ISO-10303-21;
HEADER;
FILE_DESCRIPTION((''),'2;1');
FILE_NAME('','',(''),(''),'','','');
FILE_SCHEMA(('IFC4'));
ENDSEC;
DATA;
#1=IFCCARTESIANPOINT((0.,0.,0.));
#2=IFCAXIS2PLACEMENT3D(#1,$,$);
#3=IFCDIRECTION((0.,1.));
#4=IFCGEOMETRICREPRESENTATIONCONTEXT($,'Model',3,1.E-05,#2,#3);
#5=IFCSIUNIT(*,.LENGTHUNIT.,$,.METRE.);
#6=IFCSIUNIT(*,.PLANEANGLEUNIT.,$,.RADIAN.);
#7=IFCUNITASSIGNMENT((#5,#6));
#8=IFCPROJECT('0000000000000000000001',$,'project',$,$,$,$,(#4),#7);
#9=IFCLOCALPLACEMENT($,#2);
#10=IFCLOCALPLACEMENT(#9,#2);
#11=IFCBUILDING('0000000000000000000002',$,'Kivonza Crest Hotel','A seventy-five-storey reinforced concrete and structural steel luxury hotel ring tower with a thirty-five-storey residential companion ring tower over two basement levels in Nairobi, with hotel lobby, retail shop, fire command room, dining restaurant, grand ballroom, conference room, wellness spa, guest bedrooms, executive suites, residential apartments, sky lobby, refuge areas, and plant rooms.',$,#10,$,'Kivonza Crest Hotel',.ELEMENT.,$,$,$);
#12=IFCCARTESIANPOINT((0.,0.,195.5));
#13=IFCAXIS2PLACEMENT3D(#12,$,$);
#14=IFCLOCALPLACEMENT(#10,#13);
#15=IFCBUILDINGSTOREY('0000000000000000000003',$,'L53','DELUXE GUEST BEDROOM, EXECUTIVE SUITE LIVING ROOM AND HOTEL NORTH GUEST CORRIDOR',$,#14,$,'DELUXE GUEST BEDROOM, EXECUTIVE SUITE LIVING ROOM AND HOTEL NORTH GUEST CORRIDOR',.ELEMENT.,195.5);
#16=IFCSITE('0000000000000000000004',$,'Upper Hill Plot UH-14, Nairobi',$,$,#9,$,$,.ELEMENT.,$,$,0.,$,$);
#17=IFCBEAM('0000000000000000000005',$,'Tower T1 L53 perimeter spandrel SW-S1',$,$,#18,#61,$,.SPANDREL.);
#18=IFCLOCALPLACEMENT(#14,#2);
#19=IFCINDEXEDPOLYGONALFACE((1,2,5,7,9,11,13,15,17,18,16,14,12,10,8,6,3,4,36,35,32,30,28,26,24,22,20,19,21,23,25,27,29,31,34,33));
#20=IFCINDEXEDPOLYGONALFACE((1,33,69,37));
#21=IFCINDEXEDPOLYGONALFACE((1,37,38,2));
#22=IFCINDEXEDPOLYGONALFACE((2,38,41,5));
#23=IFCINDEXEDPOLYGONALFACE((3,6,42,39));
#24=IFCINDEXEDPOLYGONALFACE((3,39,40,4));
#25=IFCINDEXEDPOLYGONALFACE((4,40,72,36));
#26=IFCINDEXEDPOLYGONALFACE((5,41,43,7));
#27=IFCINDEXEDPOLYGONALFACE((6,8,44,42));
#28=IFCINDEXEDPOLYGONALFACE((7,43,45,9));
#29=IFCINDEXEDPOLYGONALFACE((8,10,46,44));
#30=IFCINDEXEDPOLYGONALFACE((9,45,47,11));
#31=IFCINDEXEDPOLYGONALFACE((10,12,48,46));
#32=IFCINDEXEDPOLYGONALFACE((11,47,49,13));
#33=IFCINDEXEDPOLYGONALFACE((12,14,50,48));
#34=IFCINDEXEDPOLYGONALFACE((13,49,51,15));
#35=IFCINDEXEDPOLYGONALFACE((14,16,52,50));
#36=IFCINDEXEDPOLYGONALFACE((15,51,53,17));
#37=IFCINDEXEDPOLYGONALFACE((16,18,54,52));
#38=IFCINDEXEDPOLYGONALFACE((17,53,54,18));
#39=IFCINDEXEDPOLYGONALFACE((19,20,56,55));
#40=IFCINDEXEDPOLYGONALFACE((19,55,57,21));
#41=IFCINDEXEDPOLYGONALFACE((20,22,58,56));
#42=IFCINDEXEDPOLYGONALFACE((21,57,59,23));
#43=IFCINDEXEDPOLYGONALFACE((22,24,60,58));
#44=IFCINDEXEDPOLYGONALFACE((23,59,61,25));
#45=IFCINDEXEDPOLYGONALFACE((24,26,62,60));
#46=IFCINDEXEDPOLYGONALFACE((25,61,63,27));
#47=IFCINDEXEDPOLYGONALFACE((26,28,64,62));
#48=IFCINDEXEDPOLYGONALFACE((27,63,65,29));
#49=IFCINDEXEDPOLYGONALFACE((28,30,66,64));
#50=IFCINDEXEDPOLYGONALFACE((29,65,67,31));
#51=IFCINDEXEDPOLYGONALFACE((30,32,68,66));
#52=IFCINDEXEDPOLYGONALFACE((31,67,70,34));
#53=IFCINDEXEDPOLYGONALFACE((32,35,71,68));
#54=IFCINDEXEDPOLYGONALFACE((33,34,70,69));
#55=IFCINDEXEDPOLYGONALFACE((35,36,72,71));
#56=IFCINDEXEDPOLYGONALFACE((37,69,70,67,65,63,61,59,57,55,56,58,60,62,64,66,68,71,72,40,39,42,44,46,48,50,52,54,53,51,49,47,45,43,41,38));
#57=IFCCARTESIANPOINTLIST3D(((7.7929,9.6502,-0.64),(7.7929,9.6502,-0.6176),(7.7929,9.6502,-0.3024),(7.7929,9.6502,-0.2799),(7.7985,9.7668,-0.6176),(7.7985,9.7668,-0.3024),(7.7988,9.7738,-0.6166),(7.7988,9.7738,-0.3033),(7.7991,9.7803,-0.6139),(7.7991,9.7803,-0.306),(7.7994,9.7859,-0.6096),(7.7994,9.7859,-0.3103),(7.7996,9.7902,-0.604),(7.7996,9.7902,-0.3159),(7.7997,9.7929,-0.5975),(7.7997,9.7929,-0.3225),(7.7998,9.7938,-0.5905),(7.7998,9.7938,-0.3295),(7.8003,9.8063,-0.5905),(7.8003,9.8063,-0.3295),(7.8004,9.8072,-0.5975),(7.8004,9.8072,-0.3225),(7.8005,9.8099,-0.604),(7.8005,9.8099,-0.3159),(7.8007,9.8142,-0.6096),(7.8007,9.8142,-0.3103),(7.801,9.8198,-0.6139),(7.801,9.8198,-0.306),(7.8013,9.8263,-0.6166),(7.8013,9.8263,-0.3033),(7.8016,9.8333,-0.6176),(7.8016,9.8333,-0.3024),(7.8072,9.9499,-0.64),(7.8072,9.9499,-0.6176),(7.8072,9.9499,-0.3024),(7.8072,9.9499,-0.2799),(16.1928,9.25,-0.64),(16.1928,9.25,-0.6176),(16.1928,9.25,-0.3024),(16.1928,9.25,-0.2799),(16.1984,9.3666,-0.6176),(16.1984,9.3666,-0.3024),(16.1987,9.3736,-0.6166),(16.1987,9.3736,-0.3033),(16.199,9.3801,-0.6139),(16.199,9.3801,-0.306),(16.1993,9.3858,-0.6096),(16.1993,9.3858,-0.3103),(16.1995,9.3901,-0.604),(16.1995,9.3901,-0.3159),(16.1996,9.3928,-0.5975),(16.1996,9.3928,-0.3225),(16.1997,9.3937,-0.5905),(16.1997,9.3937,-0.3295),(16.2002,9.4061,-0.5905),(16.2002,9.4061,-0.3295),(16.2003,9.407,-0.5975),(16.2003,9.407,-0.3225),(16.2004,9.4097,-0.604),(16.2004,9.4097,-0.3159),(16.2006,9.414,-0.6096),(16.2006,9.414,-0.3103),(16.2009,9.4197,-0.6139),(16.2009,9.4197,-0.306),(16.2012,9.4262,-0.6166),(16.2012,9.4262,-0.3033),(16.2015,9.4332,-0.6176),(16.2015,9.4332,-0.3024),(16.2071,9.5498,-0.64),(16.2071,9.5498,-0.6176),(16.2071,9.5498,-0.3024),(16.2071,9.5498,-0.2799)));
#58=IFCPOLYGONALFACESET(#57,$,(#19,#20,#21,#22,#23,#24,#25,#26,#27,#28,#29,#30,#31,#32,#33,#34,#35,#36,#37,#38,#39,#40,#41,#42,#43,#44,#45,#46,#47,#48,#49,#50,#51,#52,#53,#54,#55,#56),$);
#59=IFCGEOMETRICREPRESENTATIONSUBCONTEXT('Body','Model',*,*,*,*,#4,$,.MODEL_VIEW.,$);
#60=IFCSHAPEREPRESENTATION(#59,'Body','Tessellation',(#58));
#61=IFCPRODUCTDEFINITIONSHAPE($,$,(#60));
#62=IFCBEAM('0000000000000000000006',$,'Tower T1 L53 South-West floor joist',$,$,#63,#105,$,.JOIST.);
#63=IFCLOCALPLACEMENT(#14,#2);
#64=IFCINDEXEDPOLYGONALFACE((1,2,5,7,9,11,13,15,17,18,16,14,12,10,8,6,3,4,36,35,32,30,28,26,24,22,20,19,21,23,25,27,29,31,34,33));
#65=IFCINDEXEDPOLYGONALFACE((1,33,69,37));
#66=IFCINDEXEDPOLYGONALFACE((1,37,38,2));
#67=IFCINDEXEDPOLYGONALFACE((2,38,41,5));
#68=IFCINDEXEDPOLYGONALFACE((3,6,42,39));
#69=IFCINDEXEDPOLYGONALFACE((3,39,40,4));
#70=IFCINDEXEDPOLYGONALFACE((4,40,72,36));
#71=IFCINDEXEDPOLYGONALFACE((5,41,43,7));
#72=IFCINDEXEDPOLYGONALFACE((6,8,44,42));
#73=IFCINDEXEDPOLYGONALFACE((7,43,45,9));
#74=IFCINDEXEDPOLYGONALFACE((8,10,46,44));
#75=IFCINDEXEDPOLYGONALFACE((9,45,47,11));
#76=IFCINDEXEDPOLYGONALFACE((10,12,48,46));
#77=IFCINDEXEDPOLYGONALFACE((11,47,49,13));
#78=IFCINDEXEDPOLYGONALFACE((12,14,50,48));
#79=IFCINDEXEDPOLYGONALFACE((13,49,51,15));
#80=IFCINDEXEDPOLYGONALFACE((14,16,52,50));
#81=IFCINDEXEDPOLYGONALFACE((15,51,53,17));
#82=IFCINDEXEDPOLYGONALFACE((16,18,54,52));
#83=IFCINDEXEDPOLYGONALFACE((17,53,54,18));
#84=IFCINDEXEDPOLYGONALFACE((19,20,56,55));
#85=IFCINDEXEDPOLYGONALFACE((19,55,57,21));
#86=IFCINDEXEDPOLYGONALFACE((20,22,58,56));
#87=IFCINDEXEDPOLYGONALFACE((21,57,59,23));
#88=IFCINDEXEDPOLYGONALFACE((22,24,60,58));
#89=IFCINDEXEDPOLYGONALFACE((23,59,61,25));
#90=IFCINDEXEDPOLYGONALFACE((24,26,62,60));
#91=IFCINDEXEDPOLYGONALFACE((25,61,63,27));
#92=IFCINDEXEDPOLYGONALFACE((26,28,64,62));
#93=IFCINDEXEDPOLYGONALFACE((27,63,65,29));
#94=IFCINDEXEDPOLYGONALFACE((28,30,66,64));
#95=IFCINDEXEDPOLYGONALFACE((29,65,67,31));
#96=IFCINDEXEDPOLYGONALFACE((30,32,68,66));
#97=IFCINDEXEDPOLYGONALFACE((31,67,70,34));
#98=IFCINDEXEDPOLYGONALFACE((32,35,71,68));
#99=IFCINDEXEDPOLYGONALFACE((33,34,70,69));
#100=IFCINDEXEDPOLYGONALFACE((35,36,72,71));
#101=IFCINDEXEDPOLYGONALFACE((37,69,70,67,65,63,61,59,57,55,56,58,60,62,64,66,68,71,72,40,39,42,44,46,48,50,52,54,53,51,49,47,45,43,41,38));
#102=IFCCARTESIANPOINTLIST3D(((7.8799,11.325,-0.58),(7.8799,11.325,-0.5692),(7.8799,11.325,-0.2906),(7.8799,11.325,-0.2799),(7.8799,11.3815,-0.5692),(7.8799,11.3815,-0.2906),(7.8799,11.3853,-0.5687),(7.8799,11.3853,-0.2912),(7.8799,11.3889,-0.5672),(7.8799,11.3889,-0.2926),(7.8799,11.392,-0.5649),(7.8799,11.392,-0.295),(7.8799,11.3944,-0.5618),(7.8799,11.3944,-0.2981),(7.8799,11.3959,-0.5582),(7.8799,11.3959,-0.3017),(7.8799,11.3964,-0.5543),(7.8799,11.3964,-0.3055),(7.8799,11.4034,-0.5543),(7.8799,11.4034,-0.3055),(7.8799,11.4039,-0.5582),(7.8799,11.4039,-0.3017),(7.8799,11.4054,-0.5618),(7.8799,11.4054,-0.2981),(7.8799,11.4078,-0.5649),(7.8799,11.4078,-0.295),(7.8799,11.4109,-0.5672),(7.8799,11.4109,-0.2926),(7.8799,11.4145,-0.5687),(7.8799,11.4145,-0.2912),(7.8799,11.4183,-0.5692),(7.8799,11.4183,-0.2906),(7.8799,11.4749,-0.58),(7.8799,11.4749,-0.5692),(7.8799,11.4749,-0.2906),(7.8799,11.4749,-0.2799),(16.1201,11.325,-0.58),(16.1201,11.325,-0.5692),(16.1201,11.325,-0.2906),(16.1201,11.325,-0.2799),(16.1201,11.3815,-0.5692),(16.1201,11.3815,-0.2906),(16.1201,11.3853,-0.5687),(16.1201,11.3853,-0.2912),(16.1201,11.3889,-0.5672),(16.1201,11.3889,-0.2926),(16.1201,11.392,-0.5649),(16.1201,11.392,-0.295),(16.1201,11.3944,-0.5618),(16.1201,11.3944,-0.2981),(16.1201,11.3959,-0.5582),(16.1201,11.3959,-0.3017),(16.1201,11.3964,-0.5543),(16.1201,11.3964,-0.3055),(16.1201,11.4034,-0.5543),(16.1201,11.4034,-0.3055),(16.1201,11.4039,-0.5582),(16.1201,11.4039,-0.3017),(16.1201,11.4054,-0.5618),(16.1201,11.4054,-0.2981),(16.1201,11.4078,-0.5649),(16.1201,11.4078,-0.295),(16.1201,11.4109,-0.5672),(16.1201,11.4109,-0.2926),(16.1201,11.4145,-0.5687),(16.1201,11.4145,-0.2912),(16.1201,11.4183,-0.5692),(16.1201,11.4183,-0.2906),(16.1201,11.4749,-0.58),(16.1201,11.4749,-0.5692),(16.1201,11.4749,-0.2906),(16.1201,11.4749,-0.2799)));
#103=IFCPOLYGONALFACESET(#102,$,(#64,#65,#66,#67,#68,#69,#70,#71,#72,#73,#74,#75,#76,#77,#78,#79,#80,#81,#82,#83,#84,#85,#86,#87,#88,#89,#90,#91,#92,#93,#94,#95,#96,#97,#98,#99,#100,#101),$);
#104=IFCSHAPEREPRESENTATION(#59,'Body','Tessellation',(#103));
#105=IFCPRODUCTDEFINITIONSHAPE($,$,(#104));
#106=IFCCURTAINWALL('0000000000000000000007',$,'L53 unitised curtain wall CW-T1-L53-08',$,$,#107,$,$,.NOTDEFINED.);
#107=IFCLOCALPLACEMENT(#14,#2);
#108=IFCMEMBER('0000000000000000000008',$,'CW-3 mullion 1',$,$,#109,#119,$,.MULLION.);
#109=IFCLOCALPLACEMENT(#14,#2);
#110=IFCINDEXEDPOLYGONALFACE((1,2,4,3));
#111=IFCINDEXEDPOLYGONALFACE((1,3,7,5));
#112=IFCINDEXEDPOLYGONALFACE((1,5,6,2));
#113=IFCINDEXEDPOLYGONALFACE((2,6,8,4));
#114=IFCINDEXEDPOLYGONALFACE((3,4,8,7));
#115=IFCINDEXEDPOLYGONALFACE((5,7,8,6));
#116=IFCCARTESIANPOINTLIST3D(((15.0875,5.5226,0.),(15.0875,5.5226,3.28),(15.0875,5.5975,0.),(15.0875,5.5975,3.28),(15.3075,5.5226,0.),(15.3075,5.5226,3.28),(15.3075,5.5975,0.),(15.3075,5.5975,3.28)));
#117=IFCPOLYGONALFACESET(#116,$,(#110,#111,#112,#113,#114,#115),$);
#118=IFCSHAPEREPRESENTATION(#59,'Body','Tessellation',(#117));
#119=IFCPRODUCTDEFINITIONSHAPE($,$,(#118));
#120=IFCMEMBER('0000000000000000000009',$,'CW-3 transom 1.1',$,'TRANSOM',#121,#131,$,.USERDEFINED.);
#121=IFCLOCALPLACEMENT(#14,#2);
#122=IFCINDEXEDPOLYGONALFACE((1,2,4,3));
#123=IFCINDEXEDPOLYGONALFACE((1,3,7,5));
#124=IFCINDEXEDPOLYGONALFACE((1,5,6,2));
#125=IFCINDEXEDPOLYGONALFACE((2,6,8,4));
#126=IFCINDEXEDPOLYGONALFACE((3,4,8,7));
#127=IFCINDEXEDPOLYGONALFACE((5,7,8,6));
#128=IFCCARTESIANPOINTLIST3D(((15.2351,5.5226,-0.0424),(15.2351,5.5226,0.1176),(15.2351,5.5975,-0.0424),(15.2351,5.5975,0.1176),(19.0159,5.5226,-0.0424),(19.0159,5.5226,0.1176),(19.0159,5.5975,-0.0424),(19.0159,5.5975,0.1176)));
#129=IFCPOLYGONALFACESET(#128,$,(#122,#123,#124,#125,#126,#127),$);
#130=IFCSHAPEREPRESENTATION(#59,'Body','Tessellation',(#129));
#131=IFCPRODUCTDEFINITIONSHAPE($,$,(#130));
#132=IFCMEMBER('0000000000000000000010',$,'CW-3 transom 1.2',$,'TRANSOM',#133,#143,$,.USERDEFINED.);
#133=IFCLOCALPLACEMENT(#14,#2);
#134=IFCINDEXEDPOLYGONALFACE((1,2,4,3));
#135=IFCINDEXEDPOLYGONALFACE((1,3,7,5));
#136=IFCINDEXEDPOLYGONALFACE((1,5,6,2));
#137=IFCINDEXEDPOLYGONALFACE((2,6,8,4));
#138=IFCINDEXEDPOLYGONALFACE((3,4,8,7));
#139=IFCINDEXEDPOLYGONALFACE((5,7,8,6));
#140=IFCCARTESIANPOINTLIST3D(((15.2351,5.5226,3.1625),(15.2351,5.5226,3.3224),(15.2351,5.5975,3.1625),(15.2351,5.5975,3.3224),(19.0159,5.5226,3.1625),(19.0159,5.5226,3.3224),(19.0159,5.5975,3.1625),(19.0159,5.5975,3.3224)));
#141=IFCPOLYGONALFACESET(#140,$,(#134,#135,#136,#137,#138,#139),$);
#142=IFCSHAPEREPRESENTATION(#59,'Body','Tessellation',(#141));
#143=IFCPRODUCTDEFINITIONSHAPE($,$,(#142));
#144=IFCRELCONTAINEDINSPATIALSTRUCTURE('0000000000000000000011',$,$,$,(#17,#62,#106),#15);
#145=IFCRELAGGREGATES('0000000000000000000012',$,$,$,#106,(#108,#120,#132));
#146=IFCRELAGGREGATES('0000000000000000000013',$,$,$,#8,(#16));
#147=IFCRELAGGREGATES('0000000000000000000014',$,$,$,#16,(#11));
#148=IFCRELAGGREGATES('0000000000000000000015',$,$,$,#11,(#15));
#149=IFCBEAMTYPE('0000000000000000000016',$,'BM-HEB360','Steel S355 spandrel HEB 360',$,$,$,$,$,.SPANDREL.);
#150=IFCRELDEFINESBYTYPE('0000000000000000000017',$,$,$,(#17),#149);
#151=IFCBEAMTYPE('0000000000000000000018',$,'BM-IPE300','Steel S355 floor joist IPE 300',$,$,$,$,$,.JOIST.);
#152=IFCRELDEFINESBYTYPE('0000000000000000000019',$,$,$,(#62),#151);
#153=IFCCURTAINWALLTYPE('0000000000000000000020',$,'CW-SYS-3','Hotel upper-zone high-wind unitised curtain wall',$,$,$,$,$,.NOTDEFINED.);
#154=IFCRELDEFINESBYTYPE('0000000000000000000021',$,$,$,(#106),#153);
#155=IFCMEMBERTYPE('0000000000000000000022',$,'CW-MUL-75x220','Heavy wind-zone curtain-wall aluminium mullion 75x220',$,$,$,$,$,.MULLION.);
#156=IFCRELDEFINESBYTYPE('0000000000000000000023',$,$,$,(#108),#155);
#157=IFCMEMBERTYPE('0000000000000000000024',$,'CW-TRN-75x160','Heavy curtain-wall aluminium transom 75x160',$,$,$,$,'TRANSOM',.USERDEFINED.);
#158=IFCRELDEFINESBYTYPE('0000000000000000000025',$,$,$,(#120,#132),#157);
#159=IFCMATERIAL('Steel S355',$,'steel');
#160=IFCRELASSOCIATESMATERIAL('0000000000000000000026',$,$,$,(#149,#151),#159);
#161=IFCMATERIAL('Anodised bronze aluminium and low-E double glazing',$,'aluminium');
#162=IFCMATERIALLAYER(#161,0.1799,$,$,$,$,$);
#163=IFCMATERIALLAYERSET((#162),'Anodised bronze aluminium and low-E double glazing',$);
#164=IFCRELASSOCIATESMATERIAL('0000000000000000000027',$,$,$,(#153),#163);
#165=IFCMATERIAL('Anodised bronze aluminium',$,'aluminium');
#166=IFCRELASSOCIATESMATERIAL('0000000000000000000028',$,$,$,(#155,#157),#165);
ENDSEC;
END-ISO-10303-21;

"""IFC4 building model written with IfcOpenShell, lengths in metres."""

from ifc_helpers import new_model, si_unit, direction, frame, origin, origin_2d, place, context, subcontext, project, spatial, rectangle, i_section, extrude, material, layer, layer_set, material_profile, profile_set, type_object, element, aggregate, save


model = new_model("IFC4")

# Units and contexts
model_context = context("Model", 3, precision=1e-05, world=origin(), true_north=direction((0.0, 1.0)))
body_context = subcontext(model_context, "Body", "Model", "MODEL_VIEW")
ifc_project = project(units=[si_unit("LENGTHUNIT", "METRE"), si_unit("PLANEANGLEUNIT", "RADIAN")], contexts=[model_context])

# Site, building, storey
site_placement = place(None, origin())
site = spatial("IfcSite", under=ifc_project, at=site_placement, Name="Upper Hill Plot UH-14, Nairobi", CompositionType="ELEMENT", RefElevation=0.0)
building_placement = place(site_placement, origin())
building = spatial("IfcBuilding", under=site, at=building_placement, Name="Kivonza Crest Hotel", Description="A seventy-five-storey reinforced concrete and structural steel luxury hotel ring tower with a thirty-five-storey residential companion ring tower over two basement levels in Nairobi, with hotel lobby, retail shop, fire command room, dining restaurant, grand ballroom, conference room, wellness spa, guest bedrooms, executive suites, residential apartments, sky lobby, refuge areas, and plant rooms.", LongName="Kivonza Crest Hotel", CompositionType="ELEMENT")
storey_placement = place(building_placement, frame((0.0, 0.0, 195.5)))
storey = spatial("IfcBuildingStorey", under=building, at=storey_placement, Name="L53", Description="DELUXE GUEST BEDROOM, EXECUTIVE SUITE LIVING ROOM AND HOTEL NORTH GUEST CORRIDOR", LongName="DELUXE GUEST BEDROOM, EXECUTIVE SUITE LIVING ROOM AND HOTEL NORTH GUEST CORRIDOR", CompositionType="ELEMENT", Elevation=195.5)

# Beams
ifc_material_1 = material(Name="Steel S355", Category="steel")
ifc_material_profile_1 = material_profile(ifc_material_1, i_section(OverallWidth=0.3, OverallDepth=0.3601, WebThickness=0.0125, FlangeThickness=0.0225, FilletRadius=0.0271, at=origin_2d()), Name="HEB 360")
ifc_profile_set_1 = profile_set([ifc_material_profile_1], Name="Steel S355")
beam_type_1 = type_object("IfcBeamType", Name="BM-HEB360", Description="Steel S355 spandrel HEB 360", PredefinedType="SPANDREL", material=ifc_profile_set_1)
beam_1_placement = place(storey_placement, frame((7.8, 9.8, -0.46), z_axis=(0.998867, -0.047583, 0.0), x_axis=(0.047583, 0.998867, 0.0)))
element("IfcBeam", 1, at=beam_1_placement, inside=storey, type_object=beam_type_1, Name="Tower T1 L53 perimeter spandrel SW-S1", PredefinedType="SPANDREL", context=body_context, shape_type="SweptSolid", body=[
    extrude(i_section(OverallWidth=0.3, OverallDepth=0.3601, WebThickness=0.0125, FlangeThickness=0.0225, FilletRadius=0.0271, at=origin_2d()), origin(), (0.0, 0.0, 1.0), 8.4094),
])
ifc_material_profile_2 = material_profile(ifc_material_1, i_section(OverallWidth=0.1499, OverallDepth=0.3, WebThickness=0.0071, FlangeThickness=0.0107, FilletRadius=0.0149, at=origin_2d()), Name="IPE 300")
ifc_profile_set_2 = profile_set([ifc_material_profile_2], Name="Steel S355")
beam_type_2 = type_object("IfcBeamType", Name="BM-IPE300", Description="Steel S355 floor joist IPE 300", PredefinedType="JOIST", material=ifc_profile_set_2)
beam_2_placement = place(storey_placement, frame((7.8799, 11.3999, -0.4299), z_axis=(1.0, 0.0, 0.0), x_axis=(0.0, 1.0, 0.0)))
element("IfcBeam", 2, at=beam_2_placement, inside=storey, type_object=beam_type_2, Name="Tower T1 L53 South-West floor joist", PredefinedType="JOIST", context=body_context, shape_type="SweptSolid", body=[
    extrude(i_section(OverallWidth=0.1499, OverallDepth=0.3, WebThickness=0.0071, FlangeThickness=0.0107, FilletRadius=0.0149, at=origin_2d()), origin(), (0.0, 0.0, 1.0), 8.2402),
])

# Curtain wall, members
ifc_material_2 = material(Name="Anodised bronze aluminium and low-E double glazing", Category="aluminium")
ifc_layer_1 = layer(ifc_material_2, 0.1799)
ifc_layer_set_1 = layer_set([ifc_layer_1], Name="Anodised bronze aluminium and low-E double glazing")
curtain_wall_type = type_object("IfcCurtainWallType", Name="CW-SYS-3", Description="Hotel upper-zone high-wind unitised curtain wall", PredefinedType="NOTDEFINED", material=ifc_layer_set_1)
curtain_wall_placement = place(storey_placement, origin())
curtain_wall = element("IfcCurtainWall", 3, at=curtain_wall_placement, inside=storey, type_object=curtain_wall_type, Name="L53 unitised curtain wall CW-T1-L53-08", PredefinedType="NOTDEFINED")
ifc_material_3 = material(Name="Anodised bronze aluminium", Category="aluminium")
ifc_material_profile_3 = material_profile(ifc_material_3, rectangle(XDim=0.075, YDim=0.22, at=origin_2d()), Name="CW-M 75x220")
ifc_profile_set_3 = profile_set([ifc_material_profile_3], Name="Anodised bronze aluminium")
member_type_1 = type_object("IfcMemberType", Name="CW-MUL-75x220", Description="Heavy wind-zone curtain-wall aluminium mullion 75x220", PredefinedType="MULLION", material=ifc_profile_set_3)
member_1_placement = place(storey_placement, frame((15.1975, 5.5601, 0.0), z_axis=(0.0, 0.0, 1.0), x_axis=(0.0, 1.0, 0.0)))
member_1 = element("IfcMember", 4, at=member_1_placement, type_object=member_type_1, Name="CW-3 mullion 1", PredefinedType="MULLION", context=body_context, shape_type="SweptSolid", body=[
    extrude(rectangle(XDim=0.075, YDim=0.22, at=origin_2d()), origin(), (0.0, 0.0, 1.0), 3.28),
])
ifc_material_profile_4 = material_profile(ifc_material_3, rectangle(XDim=0.075, YDim=0.1599, at=origin_2d()), Name="CW-T 75x160")
ifc_profile_set_4 = profile_set([ifc_material_profile_4], Name="Anodised bronze aluminium")
member_type_2 = type_object("IfcMemberType", Name="CW-TRN-75x160", Description="Heavy curtain-wall aluminium transom 75x160", ElementType="TRANSOM", PredefinedType="USERDEFINED", material=ifc_profile_set_4)
member_2_placement = place(storey_placement, frame((15.2351, 5.5601, 0.0376), z_axis=(1.0, 0.0, 0.0), x_axis=(0.0, 1.0, 0.0)))
member_2 = element("IfcMember", 5, at=member_2_placement, type_object=member_type_2, Name="CW-3 transom 1.1", ObjectType="TRANSOM", PredefinedType="USERDEFINED", context=body_context, shape_type="SweptSolid", body=[
    extrude(rectangle(XDim=0.075, YDim=0.1599, at=origin_2d()), origin(), (0.0, 0.0, 1.0), 3.7808),
])
member_3_placement = place(storey_placement, frame((15.2351, 5.5601, 3.2424), z_axis=(1.0, 0.0, 0.0), x_axis=(0.0, 1.0, 0.0)))
member_3 = element("IfcMember", 6, at=member_3_placement, type_object=member_type_2, Name="CW-3 transom 1.2", ObjectType="TRANSOM", PredefinedType="USERDEFINED", context=body_context, shape_type="SweptSolid", body=[
    extrude(rectangle(XDim=0.075, YDim=0.1599, at=origin_2d()), origin(), (0.0, 0.0, 1.0), 3.7808),
])
aggregate(curtain_wall, [member_1, member_2, member_3])

save(model, "model.ifc")
